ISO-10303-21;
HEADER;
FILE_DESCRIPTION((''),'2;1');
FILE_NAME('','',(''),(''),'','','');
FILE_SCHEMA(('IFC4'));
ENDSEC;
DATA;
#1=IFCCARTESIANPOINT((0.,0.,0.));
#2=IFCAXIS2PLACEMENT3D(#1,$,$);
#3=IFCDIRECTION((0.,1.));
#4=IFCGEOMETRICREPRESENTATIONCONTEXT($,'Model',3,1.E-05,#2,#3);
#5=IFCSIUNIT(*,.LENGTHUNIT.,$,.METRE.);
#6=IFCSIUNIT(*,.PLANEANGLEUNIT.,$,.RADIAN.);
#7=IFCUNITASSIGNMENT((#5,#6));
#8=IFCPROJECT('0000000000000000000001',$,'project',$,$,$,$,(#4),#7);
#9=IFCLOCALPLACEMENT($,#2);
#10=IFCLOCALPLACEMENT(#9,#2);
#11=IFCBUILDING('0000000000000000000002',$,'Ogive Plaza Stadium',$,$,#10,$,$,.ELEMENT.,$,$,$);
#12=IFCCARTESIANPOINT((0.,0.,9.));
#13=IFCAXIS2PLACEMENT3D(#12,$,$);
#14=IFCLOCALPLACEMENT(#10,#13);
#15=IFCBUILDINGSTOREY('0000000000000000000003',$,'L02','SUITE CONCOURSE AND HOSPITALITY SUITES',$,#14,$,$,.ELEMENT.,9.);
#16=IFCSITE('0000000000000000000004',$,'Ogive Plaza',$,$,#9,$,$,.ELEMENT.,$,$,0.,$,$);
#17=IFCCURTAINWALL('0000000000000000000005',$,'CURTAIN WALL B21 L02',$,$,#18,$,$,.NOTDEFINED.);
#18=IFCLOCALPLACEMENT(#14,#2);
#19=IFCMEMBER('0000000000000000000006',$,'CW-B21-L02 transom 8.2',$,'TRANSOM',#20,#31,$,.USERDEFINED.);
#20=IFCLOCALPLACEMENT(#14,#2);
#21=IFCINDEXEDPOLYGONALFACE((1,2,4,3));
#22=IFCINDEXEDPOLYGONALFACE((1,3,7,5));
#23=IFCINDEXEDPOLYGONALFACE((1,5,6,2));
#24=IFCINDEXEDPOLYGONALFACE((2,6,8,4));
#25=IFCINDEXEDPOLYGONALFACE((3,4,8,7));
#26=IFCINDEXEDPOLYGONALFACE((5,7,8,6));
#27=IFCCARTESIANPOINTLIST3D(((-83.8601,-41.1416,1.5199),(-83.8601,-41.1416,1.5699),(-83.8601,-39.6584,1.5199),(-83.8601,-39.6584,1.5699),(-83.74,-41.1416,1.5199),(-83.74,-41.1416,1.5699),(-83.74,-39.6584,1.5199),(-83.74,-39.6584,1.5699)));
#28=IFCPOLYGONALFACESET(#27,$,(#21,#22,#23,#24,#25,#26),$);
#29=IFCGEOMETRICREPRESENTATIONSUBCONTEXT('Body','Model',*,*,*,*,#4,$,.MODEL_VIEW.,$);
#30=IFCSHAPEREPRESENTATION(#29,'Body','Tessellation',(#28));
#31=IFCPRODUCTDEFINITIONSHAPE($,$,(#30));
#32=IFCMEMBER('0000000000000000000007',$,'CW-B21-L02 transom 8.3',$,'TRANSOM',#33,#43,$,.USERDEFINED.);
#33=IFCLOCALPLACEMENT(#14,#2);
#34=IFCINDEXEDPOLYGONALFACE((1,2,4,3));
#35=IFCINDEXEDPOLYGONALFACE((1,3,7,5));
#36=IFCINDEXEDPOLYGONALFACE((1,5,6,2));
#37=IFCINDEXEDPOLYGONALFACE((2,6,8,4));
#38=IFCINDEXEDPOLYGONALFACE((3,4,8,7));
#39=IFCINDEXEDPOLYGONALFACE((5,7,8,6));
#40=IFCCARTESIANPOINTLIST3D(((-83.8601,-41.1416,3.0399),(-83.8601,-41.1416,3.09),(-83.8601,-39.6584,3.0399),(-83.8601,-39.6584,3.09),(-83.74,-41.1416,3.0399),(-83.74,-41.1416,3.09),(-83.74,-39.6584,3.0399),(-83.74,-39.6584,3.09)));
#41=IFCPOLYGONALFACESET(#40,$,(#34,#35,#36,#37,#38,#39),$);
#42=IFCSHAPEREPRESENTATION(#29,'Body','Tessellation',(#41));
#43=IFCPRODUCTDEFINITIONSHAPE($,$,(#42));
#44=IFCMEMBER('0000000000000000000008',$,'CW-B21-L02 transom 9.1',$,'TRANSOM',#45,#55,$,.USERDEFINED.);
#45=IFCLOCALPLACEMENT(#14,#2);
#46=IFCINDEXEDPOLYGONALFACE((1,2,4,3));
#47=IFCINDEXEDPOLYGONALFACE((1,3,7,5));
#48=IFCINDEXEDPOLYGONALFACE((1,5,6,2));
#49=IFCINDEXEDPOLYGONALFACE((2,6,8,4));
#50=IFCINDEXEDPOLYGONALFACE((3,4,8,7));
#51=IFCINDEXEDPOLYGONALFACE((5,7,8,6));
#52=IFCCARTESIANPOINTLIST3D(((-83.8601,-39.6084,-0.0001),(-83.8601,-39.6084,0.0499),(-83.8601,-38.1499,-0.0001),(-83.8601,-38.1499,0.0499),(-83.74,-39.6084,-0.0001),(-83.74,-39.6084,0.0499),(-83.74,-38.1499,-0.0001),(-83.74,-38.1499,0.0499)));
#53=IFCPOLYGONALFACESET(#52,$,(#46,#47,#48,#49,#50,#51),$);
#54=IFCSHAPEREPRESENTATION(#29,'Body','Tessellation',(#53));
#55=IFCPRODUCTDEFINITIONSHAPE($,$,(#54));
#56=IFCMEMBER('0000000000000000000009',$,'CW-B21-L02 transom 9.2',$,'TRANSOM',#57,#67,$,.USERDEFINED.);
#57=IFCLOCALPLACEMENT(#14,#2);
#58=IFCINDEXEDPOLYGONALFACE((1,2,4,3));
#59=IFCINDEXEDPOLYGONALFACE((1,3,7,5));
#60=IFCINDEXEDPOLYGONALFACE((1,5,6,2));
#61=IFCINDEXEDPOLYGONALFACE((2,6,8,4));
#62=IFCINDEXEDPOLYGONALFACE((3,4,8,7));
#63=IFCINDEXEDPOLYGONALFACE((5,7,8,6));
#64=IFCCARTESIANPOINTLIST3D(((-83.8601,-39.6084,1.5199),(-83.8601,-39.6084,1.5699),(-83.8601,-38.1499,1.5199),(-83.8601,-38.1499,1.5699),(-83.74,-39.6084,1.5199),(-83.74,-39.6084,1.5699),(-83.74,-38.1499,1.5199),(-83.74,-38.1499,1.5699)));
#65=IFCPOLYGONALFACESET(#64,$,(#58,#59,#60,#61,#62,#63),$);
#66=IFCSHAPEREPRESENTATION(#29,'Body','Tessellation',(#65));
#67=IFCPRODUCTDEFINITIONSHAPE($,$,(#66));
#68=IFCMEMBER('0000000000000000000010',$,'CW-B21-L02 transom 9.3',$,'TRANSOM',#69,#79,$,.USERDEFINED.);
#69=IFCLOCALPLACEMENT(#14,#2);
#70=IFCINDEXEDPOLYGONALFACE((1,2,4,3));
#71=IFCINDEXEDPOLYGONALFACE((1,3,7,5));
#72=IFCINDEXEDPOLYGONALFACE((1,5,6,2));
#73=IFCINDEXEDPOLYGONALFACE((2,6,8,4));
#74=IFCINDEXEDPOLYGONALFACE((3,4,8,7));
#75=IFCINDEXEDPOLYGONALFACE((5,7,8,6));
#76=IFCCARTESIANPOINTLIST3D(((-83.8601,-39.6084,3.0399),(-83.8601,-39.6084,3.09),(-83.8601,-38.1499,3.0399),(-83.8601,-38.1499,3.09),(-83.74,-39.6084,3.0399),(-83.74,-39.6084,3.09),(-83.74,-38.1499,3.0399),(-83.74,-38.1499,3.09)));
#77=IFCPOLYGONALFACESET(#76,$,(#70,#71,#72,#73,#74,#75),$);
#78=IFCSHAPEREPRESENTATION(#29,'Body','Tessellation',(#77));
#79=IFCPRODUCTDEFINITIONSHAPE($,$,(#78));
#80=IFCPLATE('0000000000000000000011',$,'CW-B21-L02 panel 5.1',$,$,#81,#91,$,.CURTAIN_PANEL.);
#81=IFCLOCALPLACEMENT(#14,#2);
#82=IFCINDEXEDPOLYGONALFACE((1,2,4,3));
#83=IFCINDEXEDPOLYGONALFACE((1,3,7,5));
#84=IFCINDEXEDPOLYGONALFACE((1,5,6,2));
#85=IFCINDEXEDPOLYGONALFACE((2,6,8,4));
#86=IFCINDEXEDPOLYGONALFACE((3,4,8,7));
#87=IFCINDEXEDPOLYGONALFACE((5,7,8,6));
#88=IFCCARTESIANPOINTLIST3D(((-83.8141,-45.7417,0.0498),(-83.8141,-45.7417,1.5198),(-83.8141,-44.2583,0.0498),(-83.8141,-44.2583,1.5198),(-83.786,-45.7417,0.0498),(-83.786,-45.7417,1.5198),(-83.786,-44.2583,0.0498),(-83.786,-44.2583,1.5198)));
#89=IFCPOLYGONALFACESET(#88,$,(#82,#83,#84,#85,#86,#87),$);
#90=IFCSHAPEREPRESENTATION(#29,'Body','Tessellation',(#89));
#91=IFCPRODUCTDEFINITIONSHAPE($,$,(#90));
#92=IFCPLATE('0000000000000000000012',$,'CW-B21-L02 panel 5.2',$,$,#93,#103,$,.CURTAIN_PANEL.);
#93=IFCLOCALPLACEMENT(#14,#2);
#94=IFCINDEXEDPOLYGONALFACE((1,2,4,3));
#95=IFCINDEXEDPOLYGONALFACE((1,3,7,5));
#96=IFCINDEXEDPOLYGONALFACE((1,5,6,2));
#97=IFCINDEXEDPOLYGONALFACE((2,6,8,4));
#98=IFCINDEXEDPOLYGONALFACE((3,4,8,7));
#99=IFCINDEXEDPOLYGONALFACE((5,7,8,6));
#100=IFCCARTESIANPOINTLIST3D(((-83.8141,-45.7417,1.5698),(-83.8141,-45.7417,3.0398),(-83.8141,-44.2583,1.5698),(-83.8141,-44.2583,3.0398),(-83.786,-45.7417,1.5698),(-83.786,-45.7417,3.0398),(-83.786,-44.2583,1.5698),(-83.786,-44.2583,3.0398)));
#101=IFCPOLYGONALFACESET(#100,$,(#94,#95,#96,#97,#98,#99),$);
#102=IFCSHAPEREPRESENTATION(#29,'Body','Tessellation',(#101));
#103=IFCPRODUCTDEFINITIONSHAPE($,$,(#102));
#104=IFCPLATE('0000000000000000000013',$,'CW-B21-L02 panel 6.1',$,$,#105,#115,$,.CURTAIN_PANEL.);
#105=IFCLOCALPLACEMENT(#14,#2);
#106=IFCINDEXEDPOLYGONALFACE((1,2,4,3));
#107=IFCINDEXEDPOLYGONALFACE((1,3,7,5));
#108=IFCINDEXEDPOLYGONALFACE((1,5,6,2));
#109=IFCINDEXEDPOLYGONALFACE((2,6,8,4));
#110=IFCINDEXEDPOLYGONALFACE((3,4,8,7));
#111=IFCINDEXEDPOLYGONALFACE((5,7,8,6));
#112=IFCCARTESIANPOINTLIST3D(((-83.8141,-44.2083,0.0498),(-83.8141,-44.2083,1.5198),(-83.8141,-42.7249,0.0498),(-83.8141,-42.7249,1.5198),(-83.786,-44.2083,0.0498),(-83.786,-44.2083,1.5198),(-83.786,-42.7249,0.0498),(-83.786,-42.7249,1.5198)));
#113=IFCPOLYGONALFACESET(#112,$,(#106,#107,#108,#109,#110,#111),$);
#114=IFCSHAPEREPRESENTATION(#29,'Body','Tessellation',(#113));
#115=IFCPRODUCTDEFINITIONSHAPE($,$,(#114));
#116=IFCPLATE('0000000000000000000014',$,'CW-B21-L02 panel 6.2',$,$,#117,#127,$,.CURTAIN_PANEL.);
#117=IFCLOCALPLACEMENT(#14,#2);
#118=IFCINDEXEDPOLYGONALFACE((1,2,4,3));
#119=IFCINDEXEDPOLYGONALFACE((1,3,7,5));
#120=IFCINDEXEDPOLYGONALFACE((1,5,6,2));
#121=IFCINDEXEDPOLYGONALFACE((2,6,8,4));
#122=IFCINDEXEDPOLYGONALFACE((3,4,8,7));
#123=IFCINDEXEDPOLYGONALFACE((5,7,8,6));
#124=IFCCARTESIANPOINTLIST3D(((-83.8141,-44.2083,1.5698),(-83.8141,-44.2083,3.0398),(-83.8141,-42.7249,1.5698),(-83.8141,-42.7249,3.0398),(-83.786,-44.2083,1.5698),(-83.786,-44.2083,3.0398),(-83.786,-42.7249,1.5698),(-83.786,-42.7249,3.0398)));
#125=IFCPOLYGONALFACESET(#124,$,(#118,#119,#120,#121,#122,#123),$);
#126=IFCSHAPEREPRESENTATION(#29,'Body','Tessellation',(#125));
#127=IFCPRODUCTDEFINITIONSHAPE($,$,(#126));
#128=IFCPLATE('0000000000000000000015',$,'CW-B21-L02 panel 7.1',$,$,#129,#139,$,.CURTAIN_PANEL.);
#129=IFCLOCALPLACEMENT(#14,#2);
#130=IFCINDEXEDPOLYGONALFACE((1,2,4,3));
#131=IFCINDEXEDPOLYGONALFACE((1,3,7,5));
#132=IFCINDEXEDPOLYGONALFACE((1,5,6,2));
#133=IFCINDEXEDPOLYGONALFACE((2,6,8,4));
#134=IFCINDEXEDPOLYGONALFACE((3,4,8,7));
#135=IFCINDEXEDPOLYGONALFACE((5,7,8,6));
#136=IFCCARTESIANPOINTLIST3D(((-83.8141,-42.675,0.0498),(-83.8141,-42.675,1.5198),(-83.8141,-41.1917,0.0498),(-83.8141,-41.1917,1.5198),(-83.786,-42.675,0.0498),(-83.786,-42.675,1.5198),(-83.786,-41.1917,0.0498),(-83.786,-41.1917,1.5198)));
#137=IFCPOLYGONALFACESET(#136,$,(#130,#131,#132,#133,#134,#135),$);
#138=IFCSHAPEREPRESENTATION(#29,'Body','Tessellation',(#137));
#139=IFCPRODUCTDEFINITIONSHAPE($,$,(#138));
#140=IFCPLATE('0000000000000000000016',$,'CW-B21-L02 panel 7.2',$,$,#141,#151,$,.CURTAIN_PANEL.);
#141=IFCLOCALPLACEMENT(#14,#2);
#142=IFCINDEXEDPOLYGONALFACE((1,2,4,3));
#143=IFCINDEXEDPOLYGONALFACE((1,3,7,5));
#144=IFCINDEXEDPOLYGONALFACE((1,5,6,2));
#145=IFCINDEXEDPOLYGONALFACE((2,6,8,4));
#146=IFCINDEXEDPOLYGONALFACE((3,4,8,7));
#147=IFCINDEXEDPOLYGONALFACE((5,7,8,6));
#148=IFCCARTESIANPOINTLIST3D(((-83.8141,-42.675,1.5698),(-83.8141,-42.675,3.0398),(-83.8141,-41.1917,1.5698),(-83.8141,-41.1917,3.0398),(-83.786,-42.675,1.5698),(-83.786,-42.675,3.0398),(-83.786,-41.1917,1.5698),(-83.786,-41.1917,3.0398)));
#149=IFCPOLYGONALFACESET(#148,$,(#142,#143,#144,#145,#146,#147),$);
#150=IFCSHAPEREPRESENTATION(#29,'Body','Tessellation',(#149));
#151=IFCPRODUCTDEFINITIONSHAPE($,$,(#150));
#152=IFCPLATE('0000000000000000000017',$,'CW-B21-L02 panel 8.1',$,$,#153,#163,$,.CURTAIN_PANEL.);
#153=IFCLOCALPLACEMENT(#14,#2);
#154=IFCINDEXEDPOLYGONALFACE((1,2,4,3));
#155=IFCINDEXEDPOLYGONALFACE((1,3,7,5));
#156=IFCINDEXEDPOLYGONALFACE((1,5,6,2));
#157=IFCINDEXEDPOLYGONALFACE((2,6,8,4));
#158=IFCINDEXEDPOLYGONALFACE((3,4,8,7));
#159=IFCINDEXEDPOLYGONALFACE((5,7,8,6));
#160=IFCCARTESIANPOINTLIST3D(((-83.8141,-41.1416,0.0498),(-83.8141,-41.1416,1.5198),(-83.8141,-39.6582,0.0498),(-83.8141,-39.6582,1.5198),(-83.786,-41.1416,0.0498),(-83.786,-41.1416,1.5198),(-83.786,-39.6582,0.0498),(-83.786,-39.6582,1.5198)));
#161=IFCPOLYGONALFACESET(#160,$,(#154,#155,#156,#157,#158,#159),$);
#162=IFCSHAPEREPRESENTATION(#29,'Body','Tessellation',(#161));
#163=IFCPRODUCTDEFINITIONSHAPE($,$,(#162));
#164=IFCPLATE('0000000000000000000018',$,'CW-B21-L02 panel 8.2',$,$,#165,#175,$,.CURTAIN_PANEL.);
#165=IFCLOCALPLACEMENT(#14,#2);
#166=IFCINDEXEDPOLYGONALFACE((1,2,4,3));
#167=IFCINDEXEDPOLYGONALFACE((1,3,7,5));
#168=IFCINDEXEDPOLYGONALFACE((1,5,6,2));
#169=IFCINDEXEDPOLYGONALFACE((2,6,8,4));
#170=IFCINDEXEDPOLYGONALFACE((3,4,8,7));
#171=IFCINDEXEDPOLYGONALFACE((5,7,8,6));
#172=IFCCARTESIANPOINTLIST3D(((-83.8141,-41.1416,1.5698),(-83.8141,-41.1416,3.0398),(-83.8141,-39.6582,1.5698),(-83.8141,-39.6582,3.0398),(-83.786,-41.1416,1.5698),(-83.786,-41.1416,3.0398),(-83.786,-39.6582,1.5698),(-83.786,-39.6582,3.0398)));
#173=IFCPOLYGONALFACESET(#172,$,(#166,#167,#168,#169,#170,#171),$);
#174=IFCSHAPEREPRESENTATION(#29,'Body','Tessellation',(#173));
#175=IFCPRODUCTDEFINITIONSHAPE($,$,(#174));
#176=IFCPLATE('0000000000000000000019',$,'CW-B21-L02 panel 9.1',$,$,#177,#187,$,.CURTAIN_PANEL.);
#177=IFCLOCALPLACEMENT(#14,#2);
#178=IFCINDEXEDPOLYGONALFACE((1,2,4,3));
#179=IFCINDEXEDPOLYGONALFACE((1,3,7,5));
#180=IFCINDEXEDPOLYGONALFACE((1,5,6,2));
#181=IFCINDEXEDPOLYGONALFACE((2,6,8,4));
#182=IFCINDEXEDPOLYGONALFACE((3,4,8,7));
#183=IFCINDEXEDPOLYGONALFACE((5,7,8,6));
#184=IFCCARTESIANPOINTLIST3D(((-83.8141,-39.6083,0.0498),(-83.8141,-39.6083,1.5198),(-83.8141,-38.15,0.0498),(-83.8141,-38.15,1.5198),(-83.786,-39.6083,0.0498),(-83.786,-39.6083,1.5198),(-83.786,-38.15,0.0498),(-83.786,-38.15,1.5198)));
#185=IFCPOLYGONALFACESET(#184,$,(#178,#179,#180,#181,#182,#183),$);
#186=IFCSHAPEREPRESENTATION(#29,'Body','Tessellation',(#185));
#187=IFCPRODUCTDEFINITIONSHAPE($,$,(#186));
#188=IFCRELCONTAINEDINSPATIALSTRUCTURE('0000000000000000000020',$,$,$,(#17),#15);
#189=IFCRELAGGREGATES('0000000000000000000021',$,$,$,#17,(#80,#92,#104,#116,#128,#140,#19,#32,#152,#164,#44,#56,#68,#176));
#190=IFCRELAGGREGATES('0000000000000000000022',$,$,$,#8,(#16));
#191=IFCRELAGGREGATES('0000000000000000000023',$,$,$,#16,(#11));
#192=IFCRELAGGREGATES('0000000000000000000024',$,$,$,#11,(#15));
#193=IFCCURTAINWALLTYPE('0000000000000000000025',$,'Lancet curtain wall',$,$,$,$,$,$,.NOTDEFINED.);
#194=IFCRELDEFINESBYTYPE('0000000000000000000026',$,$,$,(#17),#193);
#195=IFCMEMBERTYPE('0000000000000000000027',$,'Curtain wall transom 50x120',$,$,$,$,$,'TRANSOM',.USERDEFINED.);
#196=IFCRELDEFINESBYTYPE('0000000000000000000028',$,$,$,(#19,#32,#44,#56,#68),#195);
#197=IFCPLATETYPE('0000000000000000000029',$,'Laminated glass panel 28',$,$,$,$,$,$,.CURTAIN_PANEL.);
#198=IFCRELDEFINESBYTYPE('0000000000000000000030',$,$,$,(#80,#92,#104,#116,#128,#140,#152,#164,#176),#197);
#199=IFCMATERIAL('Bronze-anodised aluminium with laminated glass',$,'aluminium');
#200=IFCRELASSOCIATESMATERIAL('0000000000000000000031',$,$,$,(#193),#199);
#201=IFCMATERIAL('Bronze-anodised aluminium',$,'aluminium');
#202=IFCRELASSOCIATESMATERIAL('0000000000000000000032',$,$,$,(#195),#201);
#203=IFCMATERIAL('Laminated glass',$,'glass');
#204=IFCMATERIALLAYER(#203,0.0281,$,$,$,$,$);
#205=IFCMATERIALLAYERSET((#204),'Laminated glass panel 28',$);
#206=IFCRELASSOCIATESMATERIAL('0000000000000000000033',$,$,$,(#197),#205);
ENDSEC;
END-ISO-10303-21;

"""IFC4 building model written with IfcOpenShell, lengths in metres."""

from ifc_helpers import new_model, si_unit, direction, frame, origin, origin_2d, place, context, subcontext, project, spatial, rectangle, extrude, material, layer, layer_set, material_profile, profile_set, type_object, element, aggregate, save


model = new_model("IFC4")

# Units and contexts
model_context = context("Model", 3, precision=1e-05, world=origin(), true_north=direction((0.0, 1.0)))
body_context = subcontext(model_context, "Body", "Model", "MODEL_VIEW")
ifc_project = project(units=[si_unit("LENGTHUNIT", "METRE"), si_unit("PLANEANGLEUNIT", "RADIAN")], contexts=[model_context])

# Site, building, storey
site_placement = place(None, origin())
site = spatial("IfcSite", under=ifc_project, at=site_placement, Name="Ogive Plaza", CompositionType="ELEMENT", RefElevation=0.0)
building_placement = place(site_placement, origin())
building = spatial("IfcBuilding", under=site, at=building_placement, Name="Ogive Plaza Stadium", CompositionType="ELEMENT")
storey_placement = place(building_placement, frame((0.0, 0.0, 9.0)))
storey = spatial("IfcBuildingStorey", under=building, at=storey_placement, Name="L02", Description="SUITE CONCOURSE AND HOSPITALITY SUITES", CompositionType="ELEMENT", Elevation=9.0)

# Curtain wall, members, plates
ifc_material_1 = material(Name="Bronze-anodised aluminium with laminated glass", Category="aluminium")
curtain_wall_type = type_object("IfcCurtainWallType", Name="Lancet curtain wall", PredefinedType="NOTDEFINED", material=ifc_material_1)
curtain_wall_placement = place(storey_placement, origin())
curtain_wall = element("IfcCurtainWall", 1, at=curtain_wall_placement, inside=storey, type_object=curtain_wall_type, Name="CURTAIN WALL B21 L02", PredefinedType="NOTDEFINED")
ifc_material_2 = material(Name="Bronze-anodised aluminium", Category="aluminium")
ifc_material_profile_1 = material_profile(ifc_material_2, rectangle(XDim=0.1201, YDim=0.05, at=origin_2d()), Name="AL 120x50")
ifc_profile_set_1 = profile_set([ifc_material_profile_1], Name="Bronze-anodised aluminium")
member_type_1 = type_object("IfcMemberType", Name="Curtain wall transom 50x120", ElementType="TRANSOM", PredefinedType="USERDEFINED", material=ifc_profile_set_1)
member_1_placement = place(storey_placement, frame((-83.8, -41.1416, 1.5449), z_axis=(0.0, 1.0, 0.0), x_axis=(-1.0, 0.0, 0.0)))
member_1 = element("IfcMember", 2, at=member_1_placement, type_object=member_type_1, Name="CW-B21-L02 transom 8.2", ObjectType="TRANSOM", PredefinedType="USERDEFINED", context=body_context, shape_type="SweptSolid", body=[
    extrude(rectangle(XDim=0.1201, YDim=0.05, at=origin_2d()), origin(), (0.0, 0.0, 1.0), 1.4832),
])
member_2_placement = place(storey_placement, frame((-83.8, -41.1416, 3.0649), z_axis=(0.0, 1.0, 0.0), x_axis=(-1.0, 0.0, 0.0)))
member_2 = element("IfcMember", 3, at=member_2_placement, type_object=member_type_1, Name="CW-B21-L02 transom 8.3", ObjectType="TRANSOM", PredefinedType="USERDEFINED", context=body_context, shape_type="SweptSolid", body=[
    extrude(rectangle(XDim=0.1201, YDim=0.05, at=origin_2d()), origin(), (0.0, 0.0, 1.0), 1.4832),
])
member_3_placement = place(storey_placement, frame((-83.8, -39.6084, 0.0249), z_axis=(0.0, 1.0, 0.0), x_axis=(-1.0, 0.0, 0.0)))
member_3 = element("IfcMember", 4, at=member_3_placement, type_object=member_type_1, Name="CW-B21-L02 transom 9.1", ObjectType="TRANSOM", PredefinedType="USERDEFINED", context=body_context, shape_type="SweptSolid", body=[
    extrude(rectangle(XDim=0.1201, YDim=0.05, at=origin_2d()), origin(), (0.0, 0.0, 1.0), 1.4585),
])
member_4_placement = place(storey_placement, frame((-83.8, -39.6084, 1.5449), z_axis=(0.0, 1.0, 0.0), x_axis=(-1.0, 0.0, 0.0)))
member_4 = element("IfcMember", 5, at=member_4_placement, type_object=member_type_1, Name="CW-B21-L02 transom 9.2", ObjectType="TRANSOM", PredefinedType="USERDEFINED", context=body_context, shape_type="SweptSolid", body=[
    extrude(rectangle(XDim=0.1201, YDim=0.05, at=origin_2d()), origin(), (0.0, 0.0, 1.0), 1.4585),
])
member_5_placement = place(storey_placement, frame((-83.8, -39.6084, 3.0649), z_axis=(0.0, 1.0, 0.0), x_axis=(-1.0, 0.0, 0.0)))
member_5 = element("IfcMember", 6, at=member_5_placement, type_object=member_type_1, Name="CW-B21-L02 transom 9.3", ObjectType="TRANSOM", PredefinedType="USERDEFINED", context=body_context, shape_type="SweptSolid", body=[
    extrude(rectangle(XDim=0.1201, YDim=0.05, at=origin_2d()), origin(), (0.0, 0.0, 1.0), 1.4585),
])
ifc_material_3 = material(Name="Laminated glass", Category="glass")
ifc_layer_1 = layer(ifc_material_3, 0.0281)
ifc_layer_set_1 = layer_set([ifc_layer_1], Name="Laminated glass panel 28")
plate_type = type_object("IfcPlateType", Name="Laminated glass panel 28", PredefinedType="CURTAIN_PANEL", material=ifc_layer_set_1)
plate_1_placement = place(storey_placement, frame((-83.8, -45.0, 0.0498), z_axis=(0.0, 0.0, 1.0), x_axis=(0.0, 1.0, 0.0)))
plate_1 = element("IfcPlate", 7, at=plate_1_placement, type_object=plate_type, Name="CW-B21-L02 panel 5.1", PredefinedType="CURTAIN_PANEL", context=body_context, shape_type="SweptSolid", body=[
    extrude(rectangle(XDim=1.4834, YDim=0.0281, at=origin_2d()), origin(), (0.0, 0.0, 1.0), 1.47),
])
plate_2_placement = place(storey_placement, frame((-83.8, -45.0, 1.5698), z_axis=(0.0, 0.0, 1.0), x_axis=(0.0, 1.0, 0.0)))
plate_2 = element("IfcPlate", 8, at=plate_2_placement, type_object=plate_type, Name="CW-B21-L02 panel 5.2", PredefinedType="CURTAIN_PANEL", context=body_context, shape_type="SweptSolid", body=[
    extrude(rectangle(XDim=1.4834, YDim=0.0281, at=origin_2d()), origin(), (0.0, 0.0, 1.0), 1.47),
])
plate_3_placement = place(storey_placement, frame((-83.8, -43.4666, 0.0498), z_axis=(0.0, 0.0, 1.0), x_axis=(0.0, 1.0, 0.0)))
plate_3 = element("IfcPlate", 9, at=plate_3_placement, type_object=plate_type, Name="CW-B21-L02 panel 6.1", PredefinedType="CURTAIN_PANEL", context=body_context, shape_type="SweptSolid", body=[
    extrude(rectangle(XDim=1.4834, YDim=0.0281, at=origin_2d()), origin(), (0.0, 0.0, 1.0), 1.47),
])
plate_4_placement = place(storey_placement, frame((-83.8, -43.4666, 1.5698), z_axis=(0.0, 0.0, 1.0), x_axis=(0.0, 1.0, 0.0)))
plate_4 = element("IfcPlate", 10, at=plate_4_placement, type_object=plate_type, Name="CW-B21-L02 panel 6.2", PredefinedType="CURTAIN_PANEL", context=body_context, shape_type="SweptSolid", body=[
    extrude(rectangle(XDim=1.4834, YDim=0.0281, at=origin_2d()), origin(), (0.0, 0.0, 1.0), 1.47),
])
plate_5_placement = place(storey_placement, frame((-83.8, -41.9333, 0.0498), z_axis=(0.0, 0.0, 1.0), x_axis=(0.0, 1.0, 0.0)))
plate_5 = element("IfcPlate", 11, at=plate_5_placement, type_object=plate_type, Name="CW-B21-L02 panel 7.1", PredefinedType="CURTAIN_PANEL", context=body_context, shape_type="SweptSolid", body=[
    extrude(rectangle(XDim=1.4834, YDim=0.0281, at=origin_2d()), origin(), (0.0, 0.0, 1.0), 1.47),
])
plate_6_placement = place(storey_placement, frame((-83.8, -41.9333, 1.5698), z_axis=(0.0, 0.0, 1.0), x_axis=(0.0, 1.0, 0.0)))
plate_6 = element("IfcPlate", 12, at=plate_6_placement, type_object=plate_type, Name="CW-B21-L02 panel 7.2", PredefinedType="CURTAIN_PANEL", context=body_context, shape_type="SweptSolid", body=[
    extrude(rectangle(XDim=1.4834, YDim=0.0281, at=origin_2d()), origin(), (0.0, 0.0, 1.0), 1.47),
])
plate_7_placement = place(storey_placement, frame((-83.8, -40.3999, 0.0498), z_axis=(0.0, 0.0, 1.0), x_axis=(0.0, 1.0, 0.0)))
plate_7 = element("IfcPlate", 13, at=plate_7_placement, type_object=plate_type, Name="CW-B21-L02 panel 8.1", PredefinedType="CURTAIN_PANEL", context=body_context, shape_type="SweptSolid", body=[
    extrude(rectangle(XDim=1.4834, YDim=0.0281, at=origin_2d()), origin(), (0.0, 0.0, 1.0), 1.47),
])
plate_8_placement = place(storey_placement, frame((-83.8, -40.3999, 1.5698), z_axis=(0.0, 0.0, 1.0), x_axis=(0.0, 1.0, 0.0)))
plate_8 = element("IfcPlate", 14, at=plate_8_placement, type_object=plate_type, Name="CW-B21-L02 panel 8.2", PredefinedType="CURTAIN_PANEL", context=body_context, shape_type="SweptSolid", body=[
    extrude(rectangle(XDim=1.4834, YDim=0.0281, at=origin_2d()), origin(), (0.0, 0.0, 1.0), 1.47),
])
plate_9_placement = place(storey_placement, frame((-83.8, -38.8792, 0.0498), z_axis=(0.0, 0.0, 1.0), x_axis=(0.0, 1.0, 0.0)))
plate_9 = element("IfcPlate", 15, at=plate_9_placement, type_object=plate_type, Name="CW-B21-L02 panel 9.1", PredefinedType="CURTAIN_PANEL", context=body_context, shape_type="SweptSolid", body=[
    extrude(rectangle(XDim=1.4583, YDim=0.0281, at=origin_2d()), origin(), (0.0, 0.0, 1.0), 1.47),
])
aggregate(curtain_wall, [plate_1, plate_2, plate_3, plate_4, plate_5, plate_6, member_1, member_2, plate_7, plate_8, member_3, member_4, member_5, plate_9])

save(model, "model.ifc")
